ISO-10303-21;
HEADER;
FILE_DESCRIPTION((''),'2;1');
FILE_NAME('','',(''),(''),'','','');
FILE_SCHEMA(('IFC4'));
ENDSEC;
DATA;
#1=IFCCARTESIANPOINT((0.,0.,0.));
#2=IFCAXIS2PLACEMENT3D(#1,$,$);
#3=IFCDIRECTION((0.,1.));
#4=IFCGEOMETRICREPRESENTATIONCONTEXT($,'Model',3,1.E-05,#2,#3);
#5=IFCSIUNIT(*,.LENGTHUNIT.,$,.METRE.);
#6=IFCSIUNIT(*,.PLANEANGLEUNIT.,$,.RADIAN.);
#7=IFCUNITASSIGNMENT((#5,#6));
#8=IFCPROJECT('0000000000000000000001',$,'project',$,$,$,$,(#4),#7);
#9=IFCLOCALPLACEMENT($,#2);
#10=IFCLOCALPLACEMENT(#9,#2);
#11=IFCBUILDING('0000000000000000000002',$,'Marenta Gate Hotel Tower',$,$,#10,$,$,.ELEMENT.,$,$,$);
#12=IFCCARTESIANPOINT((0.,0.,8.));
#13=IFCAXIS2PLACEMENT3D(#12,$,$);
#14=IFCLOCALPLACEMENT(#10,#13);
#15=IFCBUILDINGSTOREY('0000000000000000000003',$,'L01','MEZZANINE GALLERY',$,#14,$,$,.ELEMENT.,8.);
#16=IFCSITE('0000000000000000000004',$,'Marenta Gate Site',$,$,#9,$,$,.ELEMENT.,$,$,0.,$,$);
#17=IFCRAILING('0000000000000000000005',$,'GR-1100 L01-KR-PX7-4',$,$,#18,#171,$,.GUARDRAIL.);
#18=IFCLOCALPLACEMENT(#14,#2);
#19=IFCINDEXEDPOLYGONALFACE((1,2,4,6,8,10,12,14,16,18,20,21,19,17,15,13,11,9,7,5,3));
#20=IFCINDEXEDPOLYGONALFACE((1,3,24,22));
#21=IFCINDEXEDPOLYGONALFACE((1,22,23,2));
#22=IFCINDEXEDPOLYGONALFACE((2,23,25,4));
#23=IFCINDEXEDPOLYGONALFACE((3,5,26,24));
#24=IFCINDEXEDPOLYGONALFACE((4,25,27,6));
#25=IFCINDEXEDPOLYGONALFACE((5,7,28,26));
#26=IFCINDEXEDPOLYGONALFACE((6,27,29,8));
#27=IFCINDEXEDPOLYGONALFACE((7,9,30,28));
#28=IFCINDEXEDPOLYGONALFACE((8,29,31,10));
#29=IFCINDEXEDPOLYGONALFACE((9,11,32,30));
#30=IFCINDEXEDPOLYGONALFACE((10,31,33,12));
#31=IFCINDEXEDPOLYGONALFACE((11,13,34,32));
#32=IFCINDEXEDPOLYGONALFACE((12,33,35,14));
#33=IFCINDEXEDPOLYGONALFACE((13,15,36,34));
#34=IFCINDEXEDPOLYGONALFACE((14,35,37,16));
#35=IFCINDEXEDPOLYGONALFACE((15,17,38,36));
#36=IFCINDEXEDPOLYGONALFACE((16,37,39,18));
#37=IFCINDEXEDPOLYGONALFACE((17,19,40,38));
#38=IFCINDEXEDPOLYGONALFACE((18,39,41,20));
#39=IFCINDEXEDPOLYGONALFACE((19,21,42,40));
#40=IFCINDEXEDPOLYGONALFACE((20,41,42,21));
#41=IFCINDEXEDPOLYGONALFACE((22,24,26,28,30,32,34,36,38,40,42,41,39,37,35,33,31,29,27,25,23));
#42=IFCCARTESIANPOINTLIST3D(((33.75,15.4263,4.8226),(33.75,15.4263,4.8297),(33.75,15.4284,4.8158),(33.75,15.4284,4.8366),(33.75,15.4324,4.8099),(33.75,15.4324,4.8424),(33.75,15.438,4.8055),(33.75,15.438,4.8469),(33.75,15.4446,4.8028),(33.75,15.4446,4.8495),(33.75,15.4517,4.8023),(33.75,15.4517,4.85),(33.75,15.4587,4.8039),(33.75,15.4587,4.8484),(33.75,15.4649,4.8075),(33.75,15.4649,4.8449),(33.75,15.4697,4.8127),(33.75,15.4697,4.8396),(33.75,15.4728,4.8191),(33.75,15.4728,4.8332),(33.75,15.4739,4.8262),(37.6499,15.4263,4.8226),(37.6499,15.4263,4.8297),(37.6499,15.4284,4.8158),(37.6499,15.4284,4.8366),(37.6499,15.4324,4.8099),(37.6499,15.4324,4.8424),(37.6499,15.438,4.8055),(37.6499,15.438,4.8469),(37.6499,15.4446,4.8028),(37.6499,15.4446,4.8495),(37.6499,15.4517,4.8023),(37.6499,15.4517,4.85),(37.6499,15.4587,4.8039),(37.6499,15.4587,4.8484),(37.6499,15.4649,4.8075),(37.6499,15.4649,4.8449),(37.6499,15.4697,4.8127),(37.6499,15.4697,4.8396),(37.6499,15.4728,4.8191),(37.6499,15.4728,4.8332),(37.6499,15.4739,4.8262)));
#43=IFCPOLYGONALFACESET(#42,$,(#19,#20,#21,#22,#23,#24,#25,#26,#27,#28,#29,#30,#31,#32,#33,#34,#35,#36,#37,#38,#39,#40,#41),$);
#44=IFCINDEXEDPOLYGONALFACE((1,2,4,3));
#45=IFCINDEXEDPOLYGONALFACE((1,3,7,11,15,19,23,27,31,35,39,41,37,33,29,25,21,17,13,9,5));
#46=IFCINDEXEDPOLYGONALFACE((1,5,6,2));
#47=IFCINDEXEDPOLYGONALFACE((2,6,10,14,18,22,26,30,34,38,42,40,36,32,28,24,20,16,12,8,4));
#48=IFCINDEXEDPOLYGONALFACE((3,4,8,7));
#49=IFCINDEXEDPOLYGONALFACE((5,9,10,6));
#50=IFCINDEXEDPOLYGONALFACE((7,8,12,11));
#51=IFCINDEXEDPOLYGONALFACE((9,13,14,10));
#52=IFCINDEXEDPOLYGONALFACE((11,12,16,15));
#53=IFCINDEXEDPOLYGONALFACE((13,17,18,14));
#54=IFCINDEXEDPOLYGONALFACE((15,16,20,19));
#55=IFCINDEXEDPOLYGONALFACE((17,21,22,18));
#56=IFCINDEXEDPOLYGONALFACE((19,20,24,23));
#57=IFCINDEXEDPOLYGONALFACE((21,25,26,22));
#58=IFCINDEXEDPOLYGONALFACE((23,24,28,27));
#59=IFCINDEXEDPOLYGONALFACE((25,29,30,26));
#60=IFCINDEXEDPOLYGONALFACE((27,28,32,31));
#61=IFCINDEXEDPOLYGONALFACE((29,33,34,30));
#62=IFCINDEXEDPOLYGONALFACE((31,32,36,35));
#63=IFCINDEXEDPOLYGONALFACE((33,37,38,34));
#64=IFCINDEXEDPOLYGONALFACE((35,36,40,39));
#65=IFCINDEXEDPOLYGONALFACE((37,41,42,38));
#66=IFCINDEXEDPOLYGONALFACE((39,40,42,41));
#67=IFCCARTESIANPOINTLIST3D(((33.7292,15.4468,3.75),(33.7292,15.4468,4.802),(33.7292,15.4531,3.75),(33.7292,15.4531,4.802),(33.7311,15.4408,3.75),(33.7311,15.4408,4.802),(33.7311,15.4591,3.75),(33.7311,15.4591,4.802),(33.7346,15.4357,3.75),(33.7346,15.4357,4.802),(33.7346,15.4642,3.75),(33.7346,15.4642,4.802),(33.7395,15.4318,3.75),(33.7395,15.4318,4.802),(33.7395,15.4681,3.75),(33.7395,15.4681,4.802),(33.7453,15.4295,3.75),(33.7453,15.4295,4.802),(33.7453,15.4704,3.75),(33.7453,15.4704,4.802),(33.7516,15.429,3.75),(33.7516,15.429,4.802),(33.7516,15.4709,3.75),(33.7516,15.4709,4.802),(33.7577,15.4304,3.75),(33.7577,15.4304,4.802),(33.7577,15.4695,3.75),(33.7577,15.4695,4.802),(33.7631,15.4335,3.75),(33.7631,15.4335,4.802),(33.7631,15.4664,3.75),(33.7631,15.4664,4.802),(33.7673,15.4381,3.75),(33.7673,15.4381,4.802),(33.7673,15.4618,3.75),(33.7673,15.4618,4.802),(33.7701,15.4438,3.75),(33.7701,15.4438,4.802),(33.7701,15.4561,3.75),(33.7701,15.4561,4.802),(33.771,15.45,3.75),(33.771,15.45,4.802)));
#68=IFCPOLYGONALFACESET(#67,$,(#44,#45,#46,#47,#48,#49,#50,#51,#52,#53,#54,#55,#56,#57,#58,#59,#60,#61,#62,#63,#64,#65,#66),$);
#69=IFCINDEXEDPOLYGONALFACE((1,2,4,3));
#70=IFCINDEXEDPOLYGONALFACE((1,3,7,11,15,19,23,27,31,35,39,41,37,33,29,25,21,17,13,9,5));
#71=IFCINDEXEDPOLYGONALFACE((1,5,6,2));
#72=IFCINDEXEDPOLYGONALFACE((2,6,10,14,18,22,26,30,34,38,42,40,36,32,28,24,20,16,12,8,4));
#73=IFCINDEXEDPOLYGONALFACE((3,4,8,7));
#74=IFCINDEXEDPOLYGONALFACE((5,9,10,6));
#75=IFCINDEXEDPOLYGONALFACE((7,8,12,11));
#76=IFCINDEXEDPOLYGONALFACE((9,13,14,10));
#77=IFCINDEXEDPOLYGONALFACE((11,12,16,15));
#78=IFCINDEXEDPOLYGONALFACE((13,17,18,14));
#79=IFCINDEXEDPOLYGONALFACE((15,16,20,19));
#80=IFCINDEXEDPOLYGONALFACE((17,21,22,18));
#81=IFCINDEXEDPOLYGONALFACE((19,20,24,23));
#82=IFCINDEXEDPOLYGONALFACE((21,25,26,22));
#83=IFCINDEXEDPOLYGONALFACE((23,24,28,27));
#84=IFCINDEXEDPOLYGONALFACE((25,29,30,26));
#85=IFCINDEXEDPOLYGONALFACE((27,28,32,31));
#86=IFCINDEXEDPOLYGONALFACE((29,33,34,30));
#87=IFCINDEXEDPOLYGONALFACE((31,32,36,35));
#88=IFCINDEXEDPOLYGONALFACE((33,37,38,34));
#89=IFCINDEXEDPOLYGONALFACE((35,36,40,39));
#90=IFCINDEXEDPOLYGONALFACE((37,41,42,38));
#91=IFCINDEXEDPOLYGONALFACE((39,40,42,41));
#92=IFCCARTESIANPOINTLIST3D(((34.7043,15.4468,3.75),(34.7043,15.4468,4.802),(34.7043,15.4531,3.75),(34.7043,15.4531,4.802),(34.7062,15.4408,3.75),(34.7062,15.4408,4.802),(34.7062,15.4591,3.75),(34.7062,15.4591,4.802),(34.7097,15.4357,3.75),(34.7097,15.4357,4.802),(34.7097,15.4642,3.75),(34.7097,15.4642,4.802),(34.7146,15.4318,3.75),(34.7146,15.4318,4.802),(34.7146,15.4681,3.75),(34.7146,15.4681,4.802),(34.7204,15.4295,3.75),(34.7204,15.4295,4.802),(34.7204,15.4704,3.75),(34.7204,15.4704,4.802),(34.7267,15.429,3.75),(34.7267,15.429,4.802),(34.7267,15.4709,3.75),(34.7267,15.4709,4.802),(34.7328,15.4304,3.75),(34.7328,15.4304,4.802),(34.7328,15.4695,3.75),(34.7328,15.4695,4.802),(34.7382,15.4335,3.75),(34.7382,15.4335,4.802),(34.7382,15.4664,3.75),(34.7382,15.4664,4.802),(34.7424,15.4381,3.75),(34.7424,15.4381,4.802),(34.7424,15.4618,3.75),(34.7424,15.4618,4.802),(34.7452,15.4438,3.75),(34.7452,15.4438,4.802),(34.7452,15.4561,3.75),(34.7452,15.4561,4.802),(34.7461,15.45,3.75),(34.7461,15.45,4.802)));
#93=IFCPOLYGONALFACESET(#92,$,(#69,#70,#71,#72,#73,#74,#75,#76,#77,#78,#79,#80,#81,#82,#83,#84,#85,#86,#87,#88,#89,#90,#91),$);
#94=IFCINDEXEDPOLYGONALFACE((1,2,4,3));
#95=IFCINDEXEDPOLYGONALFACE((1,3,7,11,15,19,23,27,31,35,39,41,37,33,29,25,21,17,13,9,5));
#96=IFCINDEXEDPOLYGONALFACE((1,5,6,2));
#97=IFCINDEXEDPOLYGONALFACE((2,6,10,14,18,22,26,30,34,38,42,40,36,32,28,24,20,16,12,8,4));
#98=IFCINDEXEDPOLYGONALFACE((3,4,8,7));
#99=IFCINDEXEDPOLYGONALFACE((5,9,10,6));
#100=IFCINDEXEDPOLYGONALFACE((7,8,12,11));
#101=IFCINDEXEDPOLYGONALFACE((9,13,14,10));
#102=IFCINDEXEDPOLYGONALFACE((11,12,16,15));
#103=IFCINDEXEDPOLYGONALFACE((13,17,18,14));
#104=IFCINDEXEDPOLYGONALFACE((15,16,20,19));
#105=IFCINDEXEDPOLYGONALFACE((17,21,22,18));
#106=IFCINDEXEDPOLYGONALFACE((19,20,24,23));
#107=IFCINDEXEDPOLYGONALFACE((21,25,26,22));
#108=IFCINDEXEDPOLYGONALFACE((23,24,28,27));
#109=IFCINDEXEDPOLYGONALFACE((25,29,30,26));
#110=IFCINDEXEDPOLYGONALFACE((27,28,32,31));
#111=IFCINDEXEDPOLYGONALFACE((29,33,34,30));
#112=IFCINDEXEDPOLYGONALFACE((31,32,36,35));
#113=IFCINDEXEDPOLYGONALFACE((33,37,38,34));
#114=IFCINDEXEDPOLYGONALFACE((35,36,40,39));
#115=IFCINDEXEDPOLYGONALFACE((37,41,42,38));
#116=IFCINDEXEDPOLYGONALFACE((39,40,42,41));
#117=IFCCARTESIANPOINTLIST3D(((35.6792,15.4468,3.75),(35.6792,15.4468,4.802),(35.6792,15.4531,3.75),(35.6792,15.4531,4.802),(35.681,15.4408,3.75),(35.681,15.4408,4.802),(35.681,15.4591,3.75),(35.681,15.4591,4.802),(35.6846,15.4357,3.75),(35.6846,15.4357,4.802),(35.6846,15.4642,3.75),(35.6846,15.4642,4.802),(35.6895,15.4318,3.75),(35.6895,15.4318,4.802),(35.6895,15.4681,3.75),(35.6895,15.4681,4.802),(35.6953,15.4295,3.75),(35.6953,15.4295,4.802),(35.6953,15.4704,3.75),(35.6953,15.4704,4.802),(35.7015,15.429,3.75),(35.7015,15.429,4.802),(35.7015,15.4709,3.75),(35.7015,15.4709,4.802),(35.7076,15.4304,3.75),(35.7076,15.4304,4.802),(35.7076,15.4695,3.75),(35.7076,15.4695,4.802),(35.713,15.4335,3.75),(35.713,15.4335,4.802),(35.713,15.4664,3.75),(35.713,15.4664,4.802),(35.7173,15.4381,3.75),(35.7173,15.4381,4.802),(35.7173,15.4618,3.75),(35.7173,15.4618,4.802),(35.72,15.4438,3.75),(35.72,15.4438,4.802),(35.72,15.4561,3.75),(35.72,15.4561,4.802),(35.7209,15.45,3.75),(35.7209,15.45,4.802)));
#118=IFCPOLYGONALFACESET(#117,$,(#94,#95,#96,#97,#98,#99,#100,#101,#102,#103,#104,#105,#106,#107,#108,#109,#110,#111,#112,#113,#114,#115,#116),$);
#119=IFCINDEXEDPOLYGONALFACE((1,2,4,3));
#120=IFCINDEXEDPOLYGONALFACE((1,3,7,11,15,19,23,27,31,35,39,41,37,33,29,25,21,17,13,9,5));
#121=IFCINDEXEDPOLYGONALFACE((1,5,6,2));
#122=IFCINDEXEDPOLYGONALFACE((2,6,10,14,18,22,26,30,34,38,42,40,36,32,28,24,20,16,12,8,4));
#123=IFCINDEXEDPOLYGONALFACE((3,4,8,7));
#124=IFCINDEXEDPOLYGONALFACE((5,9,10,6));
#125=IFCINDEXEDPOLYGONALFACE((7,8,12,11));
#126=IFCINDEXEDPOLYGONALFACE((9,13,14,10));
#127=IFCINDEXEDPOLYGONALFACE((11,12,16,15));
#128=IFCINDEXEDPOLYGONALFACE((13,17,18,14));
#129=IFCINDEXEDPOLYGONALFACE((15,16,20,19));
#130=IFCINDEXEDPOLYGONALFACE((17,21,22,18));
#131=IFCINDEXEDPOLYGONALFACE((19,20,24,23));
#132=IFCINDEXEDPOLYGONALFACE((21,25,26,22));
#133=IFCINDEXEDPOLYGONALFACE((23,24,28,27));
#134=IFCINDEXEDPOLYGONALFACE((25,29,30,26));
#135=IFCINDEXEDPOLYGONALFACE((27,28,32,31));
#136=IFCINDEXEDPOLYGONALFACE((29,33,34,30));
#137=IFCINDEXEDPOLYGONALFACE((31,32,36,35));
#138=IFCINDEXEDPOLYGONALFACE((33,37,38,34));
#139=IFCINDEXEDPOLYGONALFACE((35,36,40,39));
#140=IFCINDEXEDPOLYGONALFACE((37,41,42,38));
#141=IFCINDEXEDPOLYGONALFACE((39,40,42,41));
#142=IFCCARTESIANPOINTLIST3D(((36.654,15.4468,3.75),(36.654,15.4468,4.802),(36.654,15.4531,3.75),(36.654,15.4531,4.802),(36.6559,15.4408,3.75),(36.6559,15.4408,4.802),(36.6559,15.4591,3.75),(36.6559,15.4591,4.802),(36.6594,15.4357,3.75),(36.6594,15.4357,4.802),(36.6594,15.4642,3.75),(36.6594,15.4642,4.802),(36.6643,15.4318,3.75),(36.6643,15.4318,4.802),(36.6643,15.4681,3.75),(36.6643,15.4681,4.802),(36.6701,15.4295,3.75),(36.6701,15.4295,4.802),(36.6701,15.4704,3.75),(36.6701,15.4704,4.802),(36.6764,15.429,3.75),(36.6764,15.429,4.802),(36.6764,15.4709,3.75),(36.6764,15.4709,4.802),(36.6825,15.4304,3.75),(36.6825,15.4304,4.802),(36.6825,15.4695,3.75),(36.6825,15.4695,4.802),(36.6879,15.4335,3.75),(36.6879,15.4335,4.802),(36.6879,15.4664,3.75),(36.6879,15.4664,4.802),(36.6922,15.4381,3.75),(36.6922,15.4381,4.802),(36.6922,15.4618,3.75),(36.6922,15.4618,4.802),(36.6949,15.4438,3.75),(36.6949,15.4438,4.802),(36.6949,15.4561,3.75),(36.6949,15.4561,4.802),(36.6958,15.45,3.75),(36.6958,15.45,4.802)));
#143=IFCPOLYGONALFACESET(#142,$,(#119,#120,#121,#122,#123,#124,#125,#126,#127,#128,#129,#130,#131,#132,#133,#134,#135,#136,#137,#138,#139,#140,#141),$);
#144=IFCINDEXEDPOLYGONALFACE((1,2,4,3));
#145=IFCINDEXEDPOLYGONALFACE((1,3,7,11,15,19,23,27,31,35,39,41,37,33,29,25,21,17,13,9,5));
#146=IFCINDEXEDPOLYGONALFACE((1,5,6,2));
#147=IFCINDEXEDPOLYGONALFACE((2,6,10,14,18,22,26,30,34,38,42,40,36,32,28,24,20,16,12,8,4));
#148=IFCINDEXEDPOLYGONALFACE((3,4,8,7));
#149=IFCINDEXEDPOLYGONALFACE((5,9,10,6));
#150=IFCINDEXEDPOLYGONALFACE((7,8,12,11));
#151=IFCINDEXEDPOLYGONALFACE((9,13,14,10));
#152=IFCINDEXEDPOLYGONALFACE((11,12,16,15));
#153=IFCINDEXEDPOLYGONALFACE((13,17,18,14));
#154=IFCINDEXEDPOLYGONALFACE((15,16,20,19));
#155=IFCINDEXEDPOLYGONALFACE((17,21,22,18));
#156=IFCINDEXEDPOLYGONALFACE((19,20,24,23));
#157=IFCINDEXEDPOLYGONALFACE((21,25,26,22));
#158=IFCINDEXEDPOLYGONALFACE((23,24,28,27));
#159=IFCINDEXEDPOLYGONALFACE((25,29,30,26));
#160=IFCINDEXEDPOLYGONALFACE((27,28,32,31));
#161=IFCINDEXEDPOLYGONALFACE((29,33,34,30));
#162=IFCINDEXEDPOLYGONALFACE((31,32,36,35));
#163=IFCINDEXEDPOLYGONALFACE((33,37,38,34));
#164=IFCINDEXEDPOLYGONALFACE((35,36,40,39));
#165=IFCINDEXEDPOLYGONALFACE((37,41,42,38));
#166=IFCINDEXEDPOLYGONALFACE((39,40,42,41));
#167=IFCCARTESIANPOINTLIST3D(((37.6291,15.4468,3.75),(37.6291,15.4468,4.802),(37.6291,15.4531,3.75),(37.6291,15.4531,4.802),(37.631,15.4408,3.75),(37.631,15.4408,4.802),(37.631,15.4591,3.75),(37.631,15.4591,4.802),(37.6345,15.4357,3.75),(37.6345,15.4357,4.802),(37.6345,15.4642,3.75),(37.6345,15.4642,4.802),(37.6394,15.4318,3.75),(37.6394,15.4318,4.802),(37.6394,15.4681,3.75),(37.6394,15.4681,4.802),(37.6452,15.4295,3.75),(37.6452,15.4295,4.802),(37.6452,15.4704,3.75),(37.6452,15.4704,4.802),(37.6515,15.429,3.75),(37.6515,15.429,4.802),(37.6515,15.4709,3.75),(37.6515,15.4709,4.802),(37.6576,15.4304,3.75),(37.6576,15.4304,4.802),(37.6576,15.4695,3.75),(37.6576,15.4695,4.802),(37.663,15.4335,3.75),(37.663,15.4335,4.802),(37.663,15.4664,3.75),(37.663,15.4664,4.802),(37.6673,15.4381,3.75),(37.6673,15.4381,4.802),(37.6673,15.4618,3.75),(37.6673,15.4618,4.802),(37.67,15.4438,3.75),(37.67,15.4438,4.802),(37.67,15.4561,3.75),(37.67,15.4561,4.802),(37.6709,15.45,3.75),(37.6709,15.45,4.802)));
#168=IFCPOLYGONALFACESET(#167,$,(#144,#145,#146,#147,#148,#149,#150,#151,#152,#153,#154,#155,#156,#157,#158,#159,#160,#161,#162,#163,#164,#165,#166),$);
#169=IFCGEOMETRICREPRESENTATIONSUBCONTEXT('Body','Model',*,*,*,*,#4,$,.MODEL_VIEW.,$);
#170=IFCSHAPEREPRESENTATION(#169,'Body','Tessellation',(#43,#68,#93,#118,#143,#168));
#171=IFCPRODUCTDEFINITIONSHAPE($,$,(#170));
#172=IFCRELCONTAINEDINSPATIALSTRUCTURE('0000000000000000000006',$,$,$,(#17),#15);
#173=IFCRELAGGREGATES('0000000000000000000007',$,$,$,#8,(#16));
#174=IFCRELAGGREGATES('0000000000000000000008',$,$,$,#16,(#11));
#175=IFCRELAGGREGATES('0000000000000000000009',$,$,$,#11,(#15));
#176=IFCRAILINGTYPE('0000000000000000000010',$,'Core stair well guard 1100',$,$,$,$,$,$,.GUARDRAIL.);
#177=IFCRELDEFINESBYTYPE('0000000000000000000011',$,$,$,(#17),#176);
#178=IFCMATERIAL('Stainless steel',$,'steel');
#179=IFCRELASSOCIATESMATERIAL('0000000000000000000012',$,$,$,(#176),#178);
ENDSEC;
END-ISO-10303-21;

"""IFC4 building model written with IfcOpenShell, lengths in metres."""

from ifc_helpers import new_model, si_unit, direction, frame, origin, origin_2d, place, context, subcontext, project, spatial, circle, extrude, material, type_object, element, save


model = new_model("IFC4")

# Units and contexts
model_context = context("Model", 3, precision=1e-05, world=origin(), true_north=direction((0.0, 1.0)))
body_context = subcontext(model_context, "Body", "Model", "MODEL_VIEW")
ifc_project = project(units=[si_unit("LENGTHUNIT", "METRE"), si_unit("PLANEANGLEUNIT", "RADIAN")], contexts=[model_context])

# Site, building, storey
site_placement = place(None, origin())
site = spatial("IfcSite", under=ifc_project, at=site_placement, Name="Marenta Gate Site", CompositionType="ELEMENT", RefElevation=0.0)
building_placement = place(site_placement, origin())
building = spatial("IfcBuilding", under=site, at=building_placement, Name="Marenta Gate Hotel Tower", CompositionType="ELEMENT")
storey_placement = place(building_placement, frame((0.0, 0.0, 8.0)))
storey = spatial("IfcBuildingStorey", under=building, at=storey_placement, Name="L01", Description="MEZZANINE GALLERY", CompositionType="ELEMENT", Elevation=8.0)

# Railing
ifc_material_1 = material(Name="Stainless steel", Category="steel")
railing_type_1 = type_object("IfcRailingType", Name="Core stair well guard 1100", PredefinedType="GUARDRAIL", material=ifc_material_1)
railing_1_placement = place(storey_placement, frame((33.75, 15.45, 3.75)))
element("IfcRailing", 1, at=railing_1_placement, inside=storey, type_object=railing_type_1, Name="GR-1100 L01-KR-PX7-4", PredefinedType="GUARDRAIL", context=body_context, shape_type="SweptSolid", body=[
    extrude(circle(Radius=0.0239, at=origin_2d()), frame((0.0, 0.0, 1.0762), z_axis=(1.0, 0.0, 0.0), x_axis=(0.0, 1.0, 0.0)), (0.0, 0.0, 1.0), 3.8999),
    extrude(circle(Radius=0.021, at=origin_2d()), origin(), (0.0, 0.0, 1.0), 1.052),
    extrude(circle(Radius=0.021, at=origin_2d()), frame((0.9751, 0.0, 0.0)), (0.0, 0.0, 1.0), 1.052),
    extrude(circle(Radius=0.021, at=origin_2d()), frame((1.95, 0.0, 0.0)), (0.0, 0.0, 1.0), 1.052),
    extrude(circle(Radius=0.021, at=origin_2d()), frame((2.9248, 0.0, 0.0)), (0.0, 0.0, 1.0), 1.052),
    extrude(circle(Radius=0.021, at=origin_2d()), frame((3.8999, 0.0, 0.0)), (0.0, 0.0, 1.0), 1.052),
])

save(model, "model.ifc")
